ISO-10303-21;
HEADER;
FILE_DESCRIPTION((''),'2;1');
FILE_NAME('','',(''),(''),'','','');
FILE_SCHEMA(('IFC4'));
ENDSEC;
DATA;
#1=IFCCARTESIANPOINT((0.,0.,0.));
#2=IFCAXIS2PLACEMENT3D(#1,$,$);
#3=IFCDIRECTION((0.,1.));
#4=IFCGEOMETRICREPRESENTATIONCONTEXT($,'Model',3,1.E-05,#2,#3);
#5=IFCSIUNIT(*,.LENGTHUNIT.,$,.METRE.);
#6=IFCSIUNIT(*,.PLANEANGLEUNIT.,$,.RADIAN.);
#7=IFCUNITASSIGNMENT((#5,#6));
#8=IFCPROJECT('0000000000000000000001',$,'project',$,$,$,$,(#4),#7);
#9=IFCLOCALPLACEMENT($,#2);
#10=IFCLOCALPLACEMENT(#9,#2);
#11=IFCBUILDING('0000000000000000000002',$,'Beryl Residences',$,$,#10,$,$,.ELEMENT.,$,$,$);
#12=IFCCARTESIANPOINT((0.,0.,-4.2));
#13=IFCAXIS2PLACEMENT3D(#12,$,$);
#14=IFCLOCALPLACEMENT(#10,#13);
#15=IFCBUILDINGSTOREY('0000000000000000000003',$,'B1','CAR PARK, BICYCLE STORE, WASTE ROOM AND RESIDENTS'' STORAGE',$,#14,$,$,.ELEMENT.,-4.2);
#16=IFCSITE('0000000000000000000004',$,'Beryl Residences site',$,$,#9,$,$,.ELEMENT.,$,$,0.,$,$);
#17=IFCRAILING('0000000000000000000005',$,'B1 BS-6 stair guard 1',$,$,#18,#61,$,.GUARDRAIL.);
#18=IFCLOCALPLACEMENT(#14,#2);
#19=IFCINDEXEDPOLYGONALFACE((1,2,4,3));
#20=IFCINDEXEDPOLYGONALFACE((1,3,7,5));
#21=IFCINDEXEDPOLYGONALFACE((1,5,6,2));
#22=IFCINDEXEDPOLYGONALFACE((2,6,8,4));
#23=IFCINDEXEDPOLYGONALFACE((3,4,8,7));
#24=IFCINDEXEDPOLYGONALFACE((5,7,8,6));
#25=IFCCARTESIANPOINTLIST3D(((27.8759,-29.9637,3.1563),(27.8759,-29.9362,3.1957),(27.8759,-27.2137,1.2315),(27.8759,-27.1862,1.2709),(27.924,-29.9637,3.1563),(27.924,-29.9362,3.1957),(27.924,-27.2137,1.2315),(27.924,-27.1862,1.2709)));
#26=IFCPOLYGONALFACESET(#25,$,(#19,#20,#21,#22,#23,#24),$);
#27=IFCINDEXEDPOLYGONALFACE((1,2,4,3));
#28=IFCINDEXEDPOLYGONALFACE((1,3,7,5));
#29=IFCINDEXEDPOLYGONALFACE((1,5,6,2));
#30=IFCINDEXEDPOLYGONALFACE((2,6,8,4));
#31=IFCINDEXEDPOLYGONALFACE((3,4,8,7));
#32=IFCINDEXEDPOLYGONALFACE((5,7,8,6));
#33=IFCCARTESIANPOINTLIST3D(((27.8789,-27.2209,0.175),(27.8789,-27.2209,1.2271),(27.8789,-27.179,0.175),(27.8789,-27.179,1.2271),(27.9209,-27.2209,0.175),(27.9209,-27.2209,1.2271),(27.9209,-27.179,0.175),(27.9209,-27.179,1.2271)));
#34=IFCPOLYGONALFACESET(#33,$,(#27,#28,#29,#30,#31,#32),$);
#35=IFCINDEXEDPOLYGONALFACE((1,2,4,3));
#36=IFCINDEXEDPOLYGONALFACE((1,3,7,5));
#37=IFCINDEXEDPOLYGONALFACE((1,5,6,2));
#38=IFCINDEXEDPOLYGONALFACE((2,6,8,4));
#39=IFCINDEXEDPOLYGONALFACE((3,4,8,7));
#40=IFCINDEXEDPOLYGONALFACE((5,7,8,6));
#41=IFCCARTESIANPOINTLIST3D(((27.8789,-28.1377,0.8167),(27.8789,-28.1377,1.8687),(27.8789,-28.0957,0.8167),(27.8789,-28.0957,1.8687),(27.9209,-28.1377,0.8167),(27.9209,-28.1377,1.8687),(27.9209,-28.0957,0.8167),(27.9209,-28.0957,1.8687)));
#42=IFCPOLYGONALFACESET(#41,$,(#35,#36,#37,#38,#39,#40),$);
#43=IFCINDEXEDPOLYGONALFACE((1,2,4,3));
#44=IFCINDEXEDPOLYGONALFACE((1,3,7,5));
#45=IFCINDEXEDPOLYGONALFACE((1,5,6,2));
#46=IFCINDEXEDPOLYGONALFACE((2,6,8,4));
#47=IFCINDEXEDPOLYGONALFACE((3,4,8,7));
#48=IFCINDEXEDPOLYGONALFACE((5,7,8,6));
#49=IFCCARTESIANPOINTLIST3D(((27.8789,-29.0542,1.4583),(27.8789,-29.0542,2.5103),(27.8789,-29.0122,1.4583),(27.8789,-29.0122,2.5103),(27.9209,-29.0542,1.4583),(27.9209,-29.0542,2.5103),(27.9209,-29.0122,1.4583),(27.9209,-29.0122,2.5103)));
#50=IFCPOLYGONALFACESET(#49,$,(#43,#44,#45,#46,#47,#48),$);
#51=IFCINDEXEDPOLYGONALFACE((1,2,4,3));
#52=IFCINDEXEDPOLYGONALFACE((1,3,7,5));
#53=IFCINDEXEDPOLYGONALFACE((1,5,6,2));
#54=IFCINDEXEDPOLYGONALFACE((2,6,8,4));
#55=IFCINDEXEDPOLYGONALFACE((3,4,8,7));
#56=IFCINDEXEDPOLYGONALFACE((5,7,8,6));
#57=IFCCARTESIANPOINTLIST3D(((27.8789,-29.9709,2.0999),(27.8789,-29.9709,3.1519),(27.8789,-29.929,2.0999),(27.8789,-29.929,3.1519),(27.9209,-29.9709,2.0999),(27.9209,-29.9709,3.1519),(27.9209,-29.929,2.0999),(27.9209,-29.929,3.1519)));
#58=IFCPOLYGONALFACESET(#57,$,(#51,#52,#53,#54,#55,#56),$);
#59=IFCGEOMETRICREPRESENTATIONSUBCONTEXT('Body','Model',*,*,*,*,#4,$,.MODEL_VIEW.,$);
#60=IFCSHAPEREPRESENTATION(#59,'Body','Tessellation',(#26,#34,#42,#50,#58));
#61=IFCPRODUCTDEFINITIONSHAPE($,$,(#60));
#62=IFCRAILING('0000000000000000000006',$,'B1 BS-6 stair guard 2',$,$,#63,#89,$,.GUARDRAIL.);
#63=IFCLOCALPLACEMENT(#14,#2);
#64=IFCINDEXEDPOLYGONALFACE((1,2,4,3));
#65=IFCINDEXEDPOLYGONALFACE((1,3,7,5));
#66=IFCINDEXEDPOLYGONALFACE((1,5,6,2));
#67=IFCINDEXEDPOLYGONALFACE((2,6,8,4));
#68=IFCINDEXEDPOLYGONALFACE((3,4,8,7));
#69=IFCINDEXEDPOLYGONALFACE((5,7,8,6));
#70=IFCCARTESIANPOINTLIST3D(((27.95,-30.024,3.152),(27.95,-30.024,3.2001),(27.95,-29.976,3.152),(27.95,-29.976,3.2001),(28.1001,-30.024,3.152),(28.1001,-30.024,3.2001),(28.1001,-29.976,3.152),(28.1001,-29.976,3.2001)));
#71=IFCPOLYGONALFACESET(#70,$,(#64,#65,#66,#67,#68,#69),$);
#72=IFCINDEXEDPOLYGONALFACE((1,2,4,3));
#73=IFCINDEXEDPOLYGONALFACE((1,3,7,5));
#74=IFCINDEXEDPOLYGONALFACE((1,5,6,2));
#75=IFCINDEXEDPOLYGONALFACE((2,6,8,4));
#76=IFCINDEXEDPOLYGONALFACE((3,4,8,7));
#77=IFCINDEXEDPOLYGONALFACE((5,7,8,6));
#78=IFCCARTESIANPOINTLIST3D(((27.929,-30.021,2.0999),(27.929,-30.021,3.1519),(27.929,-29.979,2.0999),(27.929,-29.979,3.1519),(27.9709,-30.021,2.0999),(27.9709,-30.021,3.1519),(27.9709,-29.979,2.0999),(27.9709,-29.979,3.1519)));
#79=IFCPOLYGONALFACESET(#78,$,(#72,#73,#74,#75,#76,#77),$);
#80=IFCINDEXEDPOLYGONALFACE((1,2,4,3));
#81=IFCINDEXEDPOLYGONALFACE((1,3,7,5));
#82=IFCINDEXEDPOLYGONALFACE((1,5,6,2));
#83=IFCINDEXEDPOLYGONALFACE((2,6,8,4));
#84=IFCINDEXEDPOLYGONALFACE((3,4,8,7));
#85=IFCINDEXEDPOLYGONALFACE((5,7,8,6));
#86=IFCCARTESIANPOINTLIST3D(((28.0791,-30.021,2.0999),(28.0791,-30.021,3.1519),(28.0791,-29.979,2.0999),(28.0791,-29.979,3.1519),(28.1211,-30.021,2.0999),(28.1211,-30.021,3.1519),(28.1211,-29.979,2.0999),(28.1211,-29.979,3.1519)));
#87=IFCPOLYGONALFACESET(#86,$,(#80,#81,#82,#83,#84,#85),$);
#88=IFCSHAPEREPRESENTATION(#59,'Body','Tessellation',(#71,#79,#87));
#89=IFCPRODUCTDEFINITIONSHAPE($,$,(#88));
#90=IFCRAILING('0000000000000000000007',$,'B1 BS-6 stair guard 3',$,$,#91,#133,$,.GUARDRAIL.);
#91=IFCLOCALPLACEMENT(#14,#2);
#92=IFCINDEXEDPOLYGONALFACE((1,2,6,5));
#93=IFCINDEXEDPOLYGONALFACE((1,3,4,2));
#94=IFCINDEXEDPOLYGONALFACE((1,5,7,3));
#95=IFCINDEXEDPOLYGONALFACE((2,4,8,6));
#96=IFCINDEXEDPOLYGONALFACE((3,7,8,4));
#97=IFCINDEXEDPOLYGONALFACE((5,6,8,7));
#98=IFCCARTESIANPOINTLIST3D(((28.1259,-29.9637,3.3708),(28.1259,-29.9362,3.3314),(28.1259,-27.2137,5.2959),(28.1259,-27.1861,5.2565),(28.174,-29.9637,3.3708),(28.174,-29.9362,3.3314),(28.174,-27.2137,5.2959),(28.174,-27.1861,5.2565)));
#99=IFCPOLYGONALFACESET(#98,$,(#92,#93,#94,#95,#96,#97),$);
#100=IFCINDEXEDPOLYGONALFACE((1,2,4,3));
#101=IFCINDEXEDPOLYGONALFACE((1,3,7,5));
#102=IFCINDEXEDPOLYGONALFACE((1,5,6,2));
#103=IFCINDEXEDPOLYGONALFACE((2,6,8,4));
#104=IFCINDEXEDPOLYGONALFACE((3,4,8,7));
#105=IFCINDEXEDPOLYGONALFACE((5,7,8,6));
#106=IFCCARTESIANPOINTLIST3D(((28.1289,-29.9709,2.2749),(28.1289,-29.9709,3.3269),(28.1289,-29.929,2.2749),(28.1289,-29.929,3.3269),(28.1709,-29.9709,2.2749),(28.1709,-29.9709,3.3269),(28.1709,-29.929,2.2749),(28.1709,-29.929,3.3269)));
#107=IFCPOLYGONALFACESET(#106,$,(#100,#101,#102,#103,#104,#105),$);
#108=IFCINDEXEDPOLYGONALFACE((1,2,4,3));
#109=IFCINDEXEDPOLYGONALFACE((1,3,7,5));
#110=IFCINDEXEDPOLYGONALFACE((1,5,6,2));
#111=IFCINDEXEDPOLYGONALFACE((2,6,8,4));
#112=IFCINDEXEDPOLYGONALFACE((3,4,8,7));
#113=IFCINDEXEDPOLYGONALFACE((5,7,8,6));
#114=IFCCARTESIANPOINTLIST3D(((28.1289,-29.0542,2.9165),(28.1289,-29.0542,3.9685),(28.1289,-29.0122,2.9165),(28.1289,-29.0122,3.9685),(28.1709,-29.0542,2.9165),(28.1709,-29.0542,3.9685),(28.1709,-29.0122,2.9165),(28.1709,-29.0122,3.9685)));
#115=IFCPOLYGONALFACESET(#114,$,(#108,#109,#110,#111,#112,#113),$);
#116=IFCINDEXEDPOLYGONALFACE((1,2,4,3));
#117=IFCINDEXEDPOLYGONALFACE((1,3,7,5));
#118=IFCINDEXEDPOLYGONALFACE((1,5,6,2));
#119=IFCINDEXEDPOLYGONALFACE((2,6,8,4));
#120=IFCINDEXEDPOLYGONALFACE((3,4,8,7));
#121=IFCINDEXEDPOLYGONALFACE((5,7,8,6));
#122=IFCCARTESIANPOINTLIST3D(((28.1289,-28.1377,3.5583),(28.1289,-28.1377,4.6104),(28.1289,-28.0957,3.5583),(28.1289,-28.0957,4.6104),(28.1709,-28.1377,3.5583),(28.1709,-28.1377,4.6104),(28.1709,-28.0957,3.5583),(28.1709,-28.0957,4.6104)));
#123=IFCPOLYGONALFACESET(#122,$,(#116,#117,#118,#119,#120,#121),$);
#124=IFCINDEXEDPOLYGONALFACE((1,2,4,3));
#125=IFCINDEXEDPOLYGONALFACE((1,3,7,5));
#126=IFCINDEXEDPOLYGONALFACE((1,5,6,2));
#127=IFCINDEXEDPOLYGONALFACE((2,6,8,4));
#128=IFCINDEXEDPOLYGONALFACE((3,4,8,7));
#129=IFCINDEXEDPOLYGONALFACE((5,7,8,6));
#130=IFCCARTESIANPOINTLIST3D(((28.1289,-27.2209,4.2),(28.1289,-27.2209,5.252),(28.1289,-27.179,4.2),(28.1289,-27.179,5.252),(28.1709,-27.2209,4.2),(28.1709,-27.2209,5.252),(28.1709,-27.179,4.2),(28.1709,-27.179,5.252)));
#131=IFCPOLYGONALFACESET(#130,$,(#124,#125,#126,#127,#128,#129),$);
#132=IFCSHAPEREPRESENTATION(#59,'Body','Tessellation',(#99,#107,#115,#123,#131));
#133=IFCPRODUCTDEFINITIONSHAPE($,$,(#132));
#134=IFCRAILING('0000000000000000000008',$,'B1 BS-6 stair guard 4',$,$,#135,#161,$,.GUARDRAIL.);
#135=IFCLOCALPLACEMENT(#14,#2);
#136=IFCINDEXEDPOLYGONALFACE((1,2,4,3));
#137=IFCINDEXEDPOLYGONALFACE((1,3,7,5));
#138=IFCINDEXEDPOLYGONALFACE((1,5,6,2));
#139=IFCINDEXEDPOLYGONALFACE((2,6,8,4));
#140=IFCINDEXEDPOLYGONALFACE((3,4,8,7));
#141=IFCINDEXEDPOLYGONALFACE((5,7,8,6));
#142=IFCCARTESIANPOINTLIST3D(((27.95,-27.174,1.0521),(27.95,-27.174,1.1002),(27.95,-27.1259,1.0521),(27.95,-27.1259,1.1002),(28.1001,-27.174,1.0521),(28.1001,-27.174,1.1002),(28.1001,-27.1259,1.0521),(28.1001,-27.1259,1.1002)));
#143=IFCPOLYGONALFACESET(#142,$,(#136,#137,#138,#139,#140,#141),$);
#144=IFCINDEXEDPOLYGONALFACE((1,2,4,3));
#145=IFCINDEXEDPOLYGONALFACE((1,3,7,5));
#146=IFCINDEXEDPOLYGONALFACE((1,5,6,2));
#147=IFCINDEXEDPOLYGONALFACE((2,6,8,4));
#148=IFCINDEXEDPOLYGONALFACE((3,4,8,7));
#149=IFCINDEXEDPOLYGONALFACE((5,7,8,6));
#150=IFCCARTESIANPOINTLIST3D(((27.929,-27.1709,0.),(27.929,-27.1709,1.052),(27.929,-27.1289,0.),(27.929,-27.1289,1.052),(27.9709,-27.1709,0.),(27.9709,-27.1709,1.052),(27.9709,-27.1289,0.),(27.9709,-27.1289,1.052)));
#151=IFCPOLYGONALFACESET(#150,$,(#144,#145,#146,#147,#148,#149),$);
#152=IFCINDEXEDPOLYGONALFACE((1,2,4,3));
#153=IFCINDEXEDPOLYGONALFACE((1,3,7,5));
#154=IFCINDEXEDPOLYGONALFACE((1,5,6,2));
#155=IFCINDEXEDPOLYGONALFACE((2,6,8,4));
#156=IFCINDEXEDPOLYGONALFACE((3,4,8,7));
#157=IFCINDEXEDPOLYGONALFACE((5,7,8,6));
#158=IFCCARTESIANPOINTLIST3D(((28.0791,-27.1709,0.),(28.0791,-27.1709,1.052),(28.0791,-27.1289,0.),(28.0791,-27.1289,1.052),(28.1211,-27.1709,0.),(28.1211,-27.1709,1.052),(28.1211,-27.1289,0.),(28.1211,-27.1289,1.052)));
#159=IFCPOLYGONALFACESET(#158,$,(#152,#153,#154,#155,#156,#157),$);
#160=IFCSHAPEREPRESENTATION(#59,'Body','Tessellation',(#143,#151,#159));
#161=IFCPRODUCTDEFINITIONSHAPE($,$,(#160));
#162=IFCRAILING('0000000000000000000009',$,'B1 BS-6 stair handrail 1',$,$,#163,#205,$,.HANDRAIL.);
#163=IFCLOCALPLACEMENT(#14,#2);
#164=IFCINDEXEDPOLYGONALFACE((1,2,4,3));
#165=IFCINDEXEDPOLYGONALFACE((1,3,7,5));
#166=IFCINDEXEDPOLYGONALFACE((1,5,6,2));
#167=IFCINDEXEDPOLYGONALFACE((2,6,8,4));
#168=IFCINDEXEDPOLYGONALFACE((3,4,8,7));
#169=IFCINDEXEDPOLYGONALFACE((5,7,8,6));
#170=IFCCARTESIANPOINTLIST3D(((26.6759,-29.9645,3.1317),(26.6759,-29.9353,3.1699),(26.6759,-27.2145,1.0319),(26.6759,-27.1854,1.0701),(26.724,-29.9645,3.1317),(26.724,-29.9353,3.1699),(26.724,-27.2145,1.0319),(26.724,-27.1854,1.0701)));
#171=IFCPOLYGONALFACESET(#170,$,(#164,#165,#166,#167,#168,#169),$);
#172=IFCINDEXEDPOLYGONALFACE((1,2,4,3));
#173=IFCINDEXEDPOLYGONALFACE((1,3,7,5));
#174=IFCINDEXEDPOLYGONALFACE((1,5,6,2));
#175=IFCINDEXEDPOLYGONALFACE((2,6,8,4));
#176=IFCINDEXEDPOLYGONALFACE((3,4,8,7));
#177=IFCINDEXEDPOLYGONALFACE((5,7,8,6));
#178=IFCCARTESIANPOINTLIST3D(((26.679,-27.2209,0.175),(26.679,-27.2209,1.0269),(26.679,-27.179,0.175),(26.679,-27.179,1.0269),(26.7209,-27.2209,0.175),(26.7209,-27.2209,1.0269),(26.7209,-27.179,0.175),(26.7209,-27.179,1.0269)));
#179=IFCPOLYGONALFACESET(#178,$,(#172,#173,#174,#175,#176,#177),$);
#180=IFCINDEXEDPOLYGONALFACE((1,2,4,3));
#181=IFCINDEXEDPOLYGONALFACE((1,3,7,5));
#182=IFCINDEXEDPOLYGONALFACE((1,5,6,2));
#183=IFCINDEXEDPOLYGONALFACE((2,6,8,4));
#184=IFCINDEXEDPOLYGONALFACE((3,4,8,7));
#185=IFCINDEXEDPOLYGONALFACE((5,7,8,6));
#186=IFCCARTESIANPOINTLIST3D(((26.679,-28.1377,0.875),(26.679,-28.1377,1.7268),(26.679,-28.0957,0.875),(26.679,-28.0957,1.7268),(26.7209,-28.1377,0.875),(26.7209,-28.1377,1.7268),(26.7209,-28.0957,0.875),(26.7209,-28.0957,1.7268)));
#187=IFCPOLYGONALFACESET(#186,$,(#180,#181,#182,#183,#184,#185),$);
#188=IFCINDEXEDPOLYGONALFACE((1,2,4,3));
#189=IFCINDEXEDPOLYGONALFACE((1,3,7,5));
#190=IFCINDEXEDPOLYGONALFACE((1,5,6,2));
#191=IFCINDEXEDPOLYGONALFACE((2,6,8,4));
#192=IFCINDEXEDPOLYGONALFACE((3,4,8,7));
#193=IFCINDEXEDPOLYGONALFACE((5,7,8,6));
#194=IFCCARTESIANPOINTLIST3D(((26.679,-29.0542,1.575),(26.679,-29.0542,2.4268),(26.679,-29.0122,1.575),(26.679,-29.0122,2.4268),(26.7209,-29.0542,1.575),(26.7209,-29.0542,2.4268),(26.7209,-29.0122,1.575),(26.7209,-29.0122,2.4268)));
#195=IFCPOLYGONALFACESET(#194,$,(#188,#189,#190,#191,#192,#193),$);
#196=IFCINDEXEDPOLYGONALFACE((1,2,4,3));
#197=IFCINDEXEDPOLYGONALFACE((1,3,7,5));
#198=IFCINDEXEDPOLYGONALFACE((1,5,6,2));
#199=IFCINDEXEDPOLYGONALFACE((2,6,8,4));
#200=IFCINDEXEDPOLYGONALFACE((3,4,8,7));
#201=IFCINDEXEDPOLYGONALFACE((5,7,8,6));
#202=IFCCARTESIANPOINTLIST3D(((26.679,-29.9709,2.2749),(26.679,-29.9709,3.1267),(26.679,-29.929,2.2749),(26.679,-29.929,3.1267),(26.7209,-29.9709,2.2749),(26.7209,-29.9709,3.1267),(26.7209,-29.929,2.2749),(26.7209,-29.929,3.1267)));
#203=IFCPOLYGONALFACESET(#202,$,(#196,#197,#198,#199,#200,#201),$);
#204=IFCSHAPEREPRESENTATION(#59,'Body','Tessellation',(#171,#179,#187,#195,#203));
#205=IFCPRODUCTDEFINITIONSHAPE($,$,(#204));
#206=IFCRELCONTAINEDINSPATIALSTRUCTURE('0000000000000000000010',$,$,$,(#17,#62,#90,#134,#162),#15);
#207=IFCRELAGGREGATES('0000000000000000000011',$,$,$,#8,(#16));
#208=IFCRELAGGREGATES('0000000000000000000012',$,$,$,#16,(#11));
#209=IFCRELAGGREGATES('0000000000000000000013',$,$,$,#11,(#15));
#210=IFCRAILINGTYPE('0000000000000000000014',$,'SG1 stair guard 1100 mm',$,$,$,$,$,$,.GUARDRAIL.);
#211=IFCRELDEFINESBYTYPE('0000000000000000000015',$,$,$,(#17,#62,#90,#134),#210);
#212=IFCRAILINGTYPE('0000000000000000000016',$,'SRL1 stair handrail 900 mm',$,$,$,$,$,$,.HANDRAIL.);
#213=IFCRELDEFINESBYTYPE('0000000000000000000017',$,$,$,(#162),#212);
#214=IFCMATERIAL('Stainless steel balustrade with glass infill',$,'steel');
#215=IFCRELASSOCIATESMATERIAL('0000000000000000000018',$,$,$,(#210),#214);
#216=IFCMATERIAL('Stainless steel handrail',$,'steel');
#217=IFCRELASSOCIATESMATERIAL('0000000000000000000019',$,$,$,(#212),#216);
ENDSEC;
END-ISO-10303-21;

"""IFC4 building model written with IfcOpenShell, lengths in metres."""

from ifc_helpers import new_model, si_unit, direction, frame, origin, origin_2d, place, context, subcontext, project, spatial, rectangle, extrude, material, type_object, element, save


model = new_model("IFC4")

# Units and contexts
model_context = context("Model", 3, precision=1e-05, world=origin(), true_north=direction((0.0, 1.0)))
body_context = subcontext(model_context, "Body", "Model", "MODEL_VIEW")
ifc_project = project(units=[si_unit("LENGTHUNIT", "METRE"), si_unit("PLANEANGLEUNIT", "RADIAN")], contexts=[model_context])

# Site, building, storey
site_placement = place(None, origin())
site = spatial("IfcSite", under=ifc_project, at=site_placement, Name="Beryl Residences site", CompositionType="ELEMENT", RefElevation=0.0)
building_placement = place(site_placement, origin())
building = spatial("IfcBuilding", under=site, at=building_placement, Name="Beryl Residences", CompositionType="ELEMENT")
storey_placement = place(building_placement, frame((0.0, 0.0, -4.2)))
storey = spatial("IfcBuildingStorey", under=building, at=storey_placement, Name="B1", Description="CAR PARK, BICYCLE STORE, WASTE ROOM AND RESIDENTS' STORAGE", CompositionType="ELEMENT", Elevation=-4.2)

# Railings
ifc_material_1 = material(Name="Stainless steel balustrade with glass infill", Category="steel")
railing_type_1 = type_object("IfcRailingType", Name="SG1 stair guard 1100 mm", PredefinedType="GUARDRAIL", material=ifc_material_1)
railing_1_placement = place(storey_placement, frame((27.8999, -27.2, 0.175)))
element("IfcRailing", 1, at=railing_1_placement, inside=storey, type_object=railing_type_1, Name="B1 BS-6 stair guard 1", PredefinedType="GUARDRAIL", context=body_context, shape_type="SweptSolid", body=[
    extrude(rectangle(XDim=0.0481, YDim=0.0481, at=origin_2d()), frame((0.0, 0.0, 1.0762), z_axis=(0.0, -0.819259, 0.573423), x_axis=(1.0, 0.0, 0.0)), (0.0, 0.0, 1.0), 3.3567),
    extrude(rectangle(XDim=0.042, YDim=0.042, at=origin_2d()), origin(), (0.0, 0.0, 1.0), 1.052),
    extrude(rectangle(XDim=0.042, YDim=0.042, at=origin_2d()), frame((0.0, -0.9167, 0.6416)), (0.0, 0.0, 1.0), 1.052),
    extrude(rectangle(XDim=0.042, YDim=0.042, at=origin_2d()), frame((0.0, -1.8333, 1.2832)), (0.0, 0.0, 1.0), 1.052),
    extrude(rectangle(XDim=0.042, YDim=0.042, at=origin_2d()), frame((0.0, -2.75, 1.9248)), (0.0, 0.0, 1.0), 1.052),
])
railing_2_placement = place(storey_placement, frame((27.95, -30.0, 2.0999)))
element("IfcRailing", 2, at=railing_2_placement, inside=storey, type_object=railing_type_1, Name="B1 BS-6 stair guard 2", PredefinedType="GUARDRAIL", context=body_context, shape_type="SweptSolid", body=[
    extrude(rectangle(XDim=0.0481, YDim=0.0481, at=origin_2d()), frame((0.0, 0.0, 1.0762), z_axis=(1.0, 0.0, 0.0), x_axis=(0.0, 1.0, 0.0)), (0.0, 0.0, 1.0), 0.1501),
    extrude(rectangle(XDim=0.042, YDim=0.042, at=origin_2d()), origin(), (0.0, 0.0, 1.0), 1.052),
    extrude(rectangle(XDim=0.042, YDim=0.042, at=origin_2d()), frame((0.1501, 0.0, 0.0)), (0.0, 0.0, 1.0), 1.052),
])
railing_3_placement = place(storey_placement, frame((28.1499, -29.95, 2.2749)))
element("IfcRailing", 3, at=railing_3_placement, inside=storey, type_object=railing_type_1, Name="B1 BS-6 stair guard 3", PredefinedType="GUARDRAIL", context=body_context, shape_type="SweptSolid", body=[
    extrude(rectangle(XDim=0.0481, YDim=0.0481, at=origin_2d()), frame((0.0, 0.0, 1.0762), z_axis=(0.0, 0.819225, 0.573472), x_axis=(-1.0, 0.0, 0.0)), (0.0, 0.0, 1.0), 3.3569),
    extrude(rectangle(XDim=0.042, YDim=0.042, at=origin_2d()), origin(), (0.0, 0.0, 1.0), 1.052),
    extrude(rectangle(XDim=0.042, YDim=0.042, at=origin_2d()), frame((0.0, 0.9167, 0.6416)), (0.0, 0.0, 1.0), 1.052),
    extrude(rectangle(XDim=0.042, YDim=0.042, at=origin_2d()), frame((0.0, 1.8333, 1.2834)), (0.0, 0.0, 1.0), 1.052),
    extrude(rectangle(XDim=0.042, YDim=0.042, at=origin_2d()), frame((0.0, 2.75, 1.925)), (0.0, 0.0, 1.0), 1.052),
])
railing_4_placement = place(storey_placement, frame((27.95, -27.1499, 0.0)))
element("IfcRailing", 4, at=railing_4_placement, inside=storey, type_object=railing_type_1, Name="B1 BS-6 stair guard 4", PredefinedType="GUARDRAIL", context=body_context, shape_type="SweptSolid", body=[
    extrude(rectangle(XDim=0.0481, YDim=0.0481, at=origin_2d()), frame((0.0, 0.0, 1.0762), z_axis=(1.0, 0.0, 0.0), x_axis=(0.0, 1.0, 0.0)), (0.0, 0.0, 1.0), 0.1501),
    extrude(rectangle(XDim=0.042, YDim=0.042, at=origin_2d()), origin(), (0.0, 0.0, 1.0), 1.052),
    extrude(rectangle(XDim=0.042, YDim=0.042, at=origin_2d()), frame((0.1501, 0.0, 0.0)), (0.0, 0.0, 1.0), 1.052),
])
ifc_material_2 = material(Name="Stainless steel handrail", Category="steel")
railing_type_2 = type_object("IfcRailingType", Name="SRL1 stair handrail 900 mm", PredefinedType="HANDRAIL", material=ifc_material_2)
railing_5_placement = place(storey_placement, frame((26.7, -27.2, 0.175)))
element("IfcRailing", 5, at=railing_5_placement, inside=storey, type_object=railing_type_2, Name="B1 BS-6 stair handrail 1", PredefinedType="HANDRAIL", context=body_context, shape_type="SweptSolid", body=[
    extrude(rectangle(XDim=0.0481, YDim=0.0481, at=origin_2d()), frame((0.0, 0.0, 0.876), z_axis=(0.0, -0.794788, 0.606887), x_axis=(1.0, 0.0, 0.0)), (0.0, 0.0, 1.0), 3.46),
    extrude(rectangle(XDim=0.042, YDim=0.042, at=origin_2d()), origin(), (0.0, 0.0, 1.0), 0.8518),
    extrude(rectangle(XDim=0.042, YDim=0.042, at=origin_2d()), frame((0.0, -0.9167, 0.7)), (0.0, 0.0, 1.0), 0.8518),
    extrude(rectangle(XDim=0.042, YDim=0.042, at=origin_2d()), frame((0.0, -1.8333, 1.3999)), (0.0, 0.0, 1.0), 0.8518),
    extrude(rectangle(XDim=0.042, YDim=0.042, at=origin_2d()), frame((0.0, -2.75, 2.0999)), (0.0, 0.0, 1.0), 0.8518),
])

save(model, "model.ifc")
